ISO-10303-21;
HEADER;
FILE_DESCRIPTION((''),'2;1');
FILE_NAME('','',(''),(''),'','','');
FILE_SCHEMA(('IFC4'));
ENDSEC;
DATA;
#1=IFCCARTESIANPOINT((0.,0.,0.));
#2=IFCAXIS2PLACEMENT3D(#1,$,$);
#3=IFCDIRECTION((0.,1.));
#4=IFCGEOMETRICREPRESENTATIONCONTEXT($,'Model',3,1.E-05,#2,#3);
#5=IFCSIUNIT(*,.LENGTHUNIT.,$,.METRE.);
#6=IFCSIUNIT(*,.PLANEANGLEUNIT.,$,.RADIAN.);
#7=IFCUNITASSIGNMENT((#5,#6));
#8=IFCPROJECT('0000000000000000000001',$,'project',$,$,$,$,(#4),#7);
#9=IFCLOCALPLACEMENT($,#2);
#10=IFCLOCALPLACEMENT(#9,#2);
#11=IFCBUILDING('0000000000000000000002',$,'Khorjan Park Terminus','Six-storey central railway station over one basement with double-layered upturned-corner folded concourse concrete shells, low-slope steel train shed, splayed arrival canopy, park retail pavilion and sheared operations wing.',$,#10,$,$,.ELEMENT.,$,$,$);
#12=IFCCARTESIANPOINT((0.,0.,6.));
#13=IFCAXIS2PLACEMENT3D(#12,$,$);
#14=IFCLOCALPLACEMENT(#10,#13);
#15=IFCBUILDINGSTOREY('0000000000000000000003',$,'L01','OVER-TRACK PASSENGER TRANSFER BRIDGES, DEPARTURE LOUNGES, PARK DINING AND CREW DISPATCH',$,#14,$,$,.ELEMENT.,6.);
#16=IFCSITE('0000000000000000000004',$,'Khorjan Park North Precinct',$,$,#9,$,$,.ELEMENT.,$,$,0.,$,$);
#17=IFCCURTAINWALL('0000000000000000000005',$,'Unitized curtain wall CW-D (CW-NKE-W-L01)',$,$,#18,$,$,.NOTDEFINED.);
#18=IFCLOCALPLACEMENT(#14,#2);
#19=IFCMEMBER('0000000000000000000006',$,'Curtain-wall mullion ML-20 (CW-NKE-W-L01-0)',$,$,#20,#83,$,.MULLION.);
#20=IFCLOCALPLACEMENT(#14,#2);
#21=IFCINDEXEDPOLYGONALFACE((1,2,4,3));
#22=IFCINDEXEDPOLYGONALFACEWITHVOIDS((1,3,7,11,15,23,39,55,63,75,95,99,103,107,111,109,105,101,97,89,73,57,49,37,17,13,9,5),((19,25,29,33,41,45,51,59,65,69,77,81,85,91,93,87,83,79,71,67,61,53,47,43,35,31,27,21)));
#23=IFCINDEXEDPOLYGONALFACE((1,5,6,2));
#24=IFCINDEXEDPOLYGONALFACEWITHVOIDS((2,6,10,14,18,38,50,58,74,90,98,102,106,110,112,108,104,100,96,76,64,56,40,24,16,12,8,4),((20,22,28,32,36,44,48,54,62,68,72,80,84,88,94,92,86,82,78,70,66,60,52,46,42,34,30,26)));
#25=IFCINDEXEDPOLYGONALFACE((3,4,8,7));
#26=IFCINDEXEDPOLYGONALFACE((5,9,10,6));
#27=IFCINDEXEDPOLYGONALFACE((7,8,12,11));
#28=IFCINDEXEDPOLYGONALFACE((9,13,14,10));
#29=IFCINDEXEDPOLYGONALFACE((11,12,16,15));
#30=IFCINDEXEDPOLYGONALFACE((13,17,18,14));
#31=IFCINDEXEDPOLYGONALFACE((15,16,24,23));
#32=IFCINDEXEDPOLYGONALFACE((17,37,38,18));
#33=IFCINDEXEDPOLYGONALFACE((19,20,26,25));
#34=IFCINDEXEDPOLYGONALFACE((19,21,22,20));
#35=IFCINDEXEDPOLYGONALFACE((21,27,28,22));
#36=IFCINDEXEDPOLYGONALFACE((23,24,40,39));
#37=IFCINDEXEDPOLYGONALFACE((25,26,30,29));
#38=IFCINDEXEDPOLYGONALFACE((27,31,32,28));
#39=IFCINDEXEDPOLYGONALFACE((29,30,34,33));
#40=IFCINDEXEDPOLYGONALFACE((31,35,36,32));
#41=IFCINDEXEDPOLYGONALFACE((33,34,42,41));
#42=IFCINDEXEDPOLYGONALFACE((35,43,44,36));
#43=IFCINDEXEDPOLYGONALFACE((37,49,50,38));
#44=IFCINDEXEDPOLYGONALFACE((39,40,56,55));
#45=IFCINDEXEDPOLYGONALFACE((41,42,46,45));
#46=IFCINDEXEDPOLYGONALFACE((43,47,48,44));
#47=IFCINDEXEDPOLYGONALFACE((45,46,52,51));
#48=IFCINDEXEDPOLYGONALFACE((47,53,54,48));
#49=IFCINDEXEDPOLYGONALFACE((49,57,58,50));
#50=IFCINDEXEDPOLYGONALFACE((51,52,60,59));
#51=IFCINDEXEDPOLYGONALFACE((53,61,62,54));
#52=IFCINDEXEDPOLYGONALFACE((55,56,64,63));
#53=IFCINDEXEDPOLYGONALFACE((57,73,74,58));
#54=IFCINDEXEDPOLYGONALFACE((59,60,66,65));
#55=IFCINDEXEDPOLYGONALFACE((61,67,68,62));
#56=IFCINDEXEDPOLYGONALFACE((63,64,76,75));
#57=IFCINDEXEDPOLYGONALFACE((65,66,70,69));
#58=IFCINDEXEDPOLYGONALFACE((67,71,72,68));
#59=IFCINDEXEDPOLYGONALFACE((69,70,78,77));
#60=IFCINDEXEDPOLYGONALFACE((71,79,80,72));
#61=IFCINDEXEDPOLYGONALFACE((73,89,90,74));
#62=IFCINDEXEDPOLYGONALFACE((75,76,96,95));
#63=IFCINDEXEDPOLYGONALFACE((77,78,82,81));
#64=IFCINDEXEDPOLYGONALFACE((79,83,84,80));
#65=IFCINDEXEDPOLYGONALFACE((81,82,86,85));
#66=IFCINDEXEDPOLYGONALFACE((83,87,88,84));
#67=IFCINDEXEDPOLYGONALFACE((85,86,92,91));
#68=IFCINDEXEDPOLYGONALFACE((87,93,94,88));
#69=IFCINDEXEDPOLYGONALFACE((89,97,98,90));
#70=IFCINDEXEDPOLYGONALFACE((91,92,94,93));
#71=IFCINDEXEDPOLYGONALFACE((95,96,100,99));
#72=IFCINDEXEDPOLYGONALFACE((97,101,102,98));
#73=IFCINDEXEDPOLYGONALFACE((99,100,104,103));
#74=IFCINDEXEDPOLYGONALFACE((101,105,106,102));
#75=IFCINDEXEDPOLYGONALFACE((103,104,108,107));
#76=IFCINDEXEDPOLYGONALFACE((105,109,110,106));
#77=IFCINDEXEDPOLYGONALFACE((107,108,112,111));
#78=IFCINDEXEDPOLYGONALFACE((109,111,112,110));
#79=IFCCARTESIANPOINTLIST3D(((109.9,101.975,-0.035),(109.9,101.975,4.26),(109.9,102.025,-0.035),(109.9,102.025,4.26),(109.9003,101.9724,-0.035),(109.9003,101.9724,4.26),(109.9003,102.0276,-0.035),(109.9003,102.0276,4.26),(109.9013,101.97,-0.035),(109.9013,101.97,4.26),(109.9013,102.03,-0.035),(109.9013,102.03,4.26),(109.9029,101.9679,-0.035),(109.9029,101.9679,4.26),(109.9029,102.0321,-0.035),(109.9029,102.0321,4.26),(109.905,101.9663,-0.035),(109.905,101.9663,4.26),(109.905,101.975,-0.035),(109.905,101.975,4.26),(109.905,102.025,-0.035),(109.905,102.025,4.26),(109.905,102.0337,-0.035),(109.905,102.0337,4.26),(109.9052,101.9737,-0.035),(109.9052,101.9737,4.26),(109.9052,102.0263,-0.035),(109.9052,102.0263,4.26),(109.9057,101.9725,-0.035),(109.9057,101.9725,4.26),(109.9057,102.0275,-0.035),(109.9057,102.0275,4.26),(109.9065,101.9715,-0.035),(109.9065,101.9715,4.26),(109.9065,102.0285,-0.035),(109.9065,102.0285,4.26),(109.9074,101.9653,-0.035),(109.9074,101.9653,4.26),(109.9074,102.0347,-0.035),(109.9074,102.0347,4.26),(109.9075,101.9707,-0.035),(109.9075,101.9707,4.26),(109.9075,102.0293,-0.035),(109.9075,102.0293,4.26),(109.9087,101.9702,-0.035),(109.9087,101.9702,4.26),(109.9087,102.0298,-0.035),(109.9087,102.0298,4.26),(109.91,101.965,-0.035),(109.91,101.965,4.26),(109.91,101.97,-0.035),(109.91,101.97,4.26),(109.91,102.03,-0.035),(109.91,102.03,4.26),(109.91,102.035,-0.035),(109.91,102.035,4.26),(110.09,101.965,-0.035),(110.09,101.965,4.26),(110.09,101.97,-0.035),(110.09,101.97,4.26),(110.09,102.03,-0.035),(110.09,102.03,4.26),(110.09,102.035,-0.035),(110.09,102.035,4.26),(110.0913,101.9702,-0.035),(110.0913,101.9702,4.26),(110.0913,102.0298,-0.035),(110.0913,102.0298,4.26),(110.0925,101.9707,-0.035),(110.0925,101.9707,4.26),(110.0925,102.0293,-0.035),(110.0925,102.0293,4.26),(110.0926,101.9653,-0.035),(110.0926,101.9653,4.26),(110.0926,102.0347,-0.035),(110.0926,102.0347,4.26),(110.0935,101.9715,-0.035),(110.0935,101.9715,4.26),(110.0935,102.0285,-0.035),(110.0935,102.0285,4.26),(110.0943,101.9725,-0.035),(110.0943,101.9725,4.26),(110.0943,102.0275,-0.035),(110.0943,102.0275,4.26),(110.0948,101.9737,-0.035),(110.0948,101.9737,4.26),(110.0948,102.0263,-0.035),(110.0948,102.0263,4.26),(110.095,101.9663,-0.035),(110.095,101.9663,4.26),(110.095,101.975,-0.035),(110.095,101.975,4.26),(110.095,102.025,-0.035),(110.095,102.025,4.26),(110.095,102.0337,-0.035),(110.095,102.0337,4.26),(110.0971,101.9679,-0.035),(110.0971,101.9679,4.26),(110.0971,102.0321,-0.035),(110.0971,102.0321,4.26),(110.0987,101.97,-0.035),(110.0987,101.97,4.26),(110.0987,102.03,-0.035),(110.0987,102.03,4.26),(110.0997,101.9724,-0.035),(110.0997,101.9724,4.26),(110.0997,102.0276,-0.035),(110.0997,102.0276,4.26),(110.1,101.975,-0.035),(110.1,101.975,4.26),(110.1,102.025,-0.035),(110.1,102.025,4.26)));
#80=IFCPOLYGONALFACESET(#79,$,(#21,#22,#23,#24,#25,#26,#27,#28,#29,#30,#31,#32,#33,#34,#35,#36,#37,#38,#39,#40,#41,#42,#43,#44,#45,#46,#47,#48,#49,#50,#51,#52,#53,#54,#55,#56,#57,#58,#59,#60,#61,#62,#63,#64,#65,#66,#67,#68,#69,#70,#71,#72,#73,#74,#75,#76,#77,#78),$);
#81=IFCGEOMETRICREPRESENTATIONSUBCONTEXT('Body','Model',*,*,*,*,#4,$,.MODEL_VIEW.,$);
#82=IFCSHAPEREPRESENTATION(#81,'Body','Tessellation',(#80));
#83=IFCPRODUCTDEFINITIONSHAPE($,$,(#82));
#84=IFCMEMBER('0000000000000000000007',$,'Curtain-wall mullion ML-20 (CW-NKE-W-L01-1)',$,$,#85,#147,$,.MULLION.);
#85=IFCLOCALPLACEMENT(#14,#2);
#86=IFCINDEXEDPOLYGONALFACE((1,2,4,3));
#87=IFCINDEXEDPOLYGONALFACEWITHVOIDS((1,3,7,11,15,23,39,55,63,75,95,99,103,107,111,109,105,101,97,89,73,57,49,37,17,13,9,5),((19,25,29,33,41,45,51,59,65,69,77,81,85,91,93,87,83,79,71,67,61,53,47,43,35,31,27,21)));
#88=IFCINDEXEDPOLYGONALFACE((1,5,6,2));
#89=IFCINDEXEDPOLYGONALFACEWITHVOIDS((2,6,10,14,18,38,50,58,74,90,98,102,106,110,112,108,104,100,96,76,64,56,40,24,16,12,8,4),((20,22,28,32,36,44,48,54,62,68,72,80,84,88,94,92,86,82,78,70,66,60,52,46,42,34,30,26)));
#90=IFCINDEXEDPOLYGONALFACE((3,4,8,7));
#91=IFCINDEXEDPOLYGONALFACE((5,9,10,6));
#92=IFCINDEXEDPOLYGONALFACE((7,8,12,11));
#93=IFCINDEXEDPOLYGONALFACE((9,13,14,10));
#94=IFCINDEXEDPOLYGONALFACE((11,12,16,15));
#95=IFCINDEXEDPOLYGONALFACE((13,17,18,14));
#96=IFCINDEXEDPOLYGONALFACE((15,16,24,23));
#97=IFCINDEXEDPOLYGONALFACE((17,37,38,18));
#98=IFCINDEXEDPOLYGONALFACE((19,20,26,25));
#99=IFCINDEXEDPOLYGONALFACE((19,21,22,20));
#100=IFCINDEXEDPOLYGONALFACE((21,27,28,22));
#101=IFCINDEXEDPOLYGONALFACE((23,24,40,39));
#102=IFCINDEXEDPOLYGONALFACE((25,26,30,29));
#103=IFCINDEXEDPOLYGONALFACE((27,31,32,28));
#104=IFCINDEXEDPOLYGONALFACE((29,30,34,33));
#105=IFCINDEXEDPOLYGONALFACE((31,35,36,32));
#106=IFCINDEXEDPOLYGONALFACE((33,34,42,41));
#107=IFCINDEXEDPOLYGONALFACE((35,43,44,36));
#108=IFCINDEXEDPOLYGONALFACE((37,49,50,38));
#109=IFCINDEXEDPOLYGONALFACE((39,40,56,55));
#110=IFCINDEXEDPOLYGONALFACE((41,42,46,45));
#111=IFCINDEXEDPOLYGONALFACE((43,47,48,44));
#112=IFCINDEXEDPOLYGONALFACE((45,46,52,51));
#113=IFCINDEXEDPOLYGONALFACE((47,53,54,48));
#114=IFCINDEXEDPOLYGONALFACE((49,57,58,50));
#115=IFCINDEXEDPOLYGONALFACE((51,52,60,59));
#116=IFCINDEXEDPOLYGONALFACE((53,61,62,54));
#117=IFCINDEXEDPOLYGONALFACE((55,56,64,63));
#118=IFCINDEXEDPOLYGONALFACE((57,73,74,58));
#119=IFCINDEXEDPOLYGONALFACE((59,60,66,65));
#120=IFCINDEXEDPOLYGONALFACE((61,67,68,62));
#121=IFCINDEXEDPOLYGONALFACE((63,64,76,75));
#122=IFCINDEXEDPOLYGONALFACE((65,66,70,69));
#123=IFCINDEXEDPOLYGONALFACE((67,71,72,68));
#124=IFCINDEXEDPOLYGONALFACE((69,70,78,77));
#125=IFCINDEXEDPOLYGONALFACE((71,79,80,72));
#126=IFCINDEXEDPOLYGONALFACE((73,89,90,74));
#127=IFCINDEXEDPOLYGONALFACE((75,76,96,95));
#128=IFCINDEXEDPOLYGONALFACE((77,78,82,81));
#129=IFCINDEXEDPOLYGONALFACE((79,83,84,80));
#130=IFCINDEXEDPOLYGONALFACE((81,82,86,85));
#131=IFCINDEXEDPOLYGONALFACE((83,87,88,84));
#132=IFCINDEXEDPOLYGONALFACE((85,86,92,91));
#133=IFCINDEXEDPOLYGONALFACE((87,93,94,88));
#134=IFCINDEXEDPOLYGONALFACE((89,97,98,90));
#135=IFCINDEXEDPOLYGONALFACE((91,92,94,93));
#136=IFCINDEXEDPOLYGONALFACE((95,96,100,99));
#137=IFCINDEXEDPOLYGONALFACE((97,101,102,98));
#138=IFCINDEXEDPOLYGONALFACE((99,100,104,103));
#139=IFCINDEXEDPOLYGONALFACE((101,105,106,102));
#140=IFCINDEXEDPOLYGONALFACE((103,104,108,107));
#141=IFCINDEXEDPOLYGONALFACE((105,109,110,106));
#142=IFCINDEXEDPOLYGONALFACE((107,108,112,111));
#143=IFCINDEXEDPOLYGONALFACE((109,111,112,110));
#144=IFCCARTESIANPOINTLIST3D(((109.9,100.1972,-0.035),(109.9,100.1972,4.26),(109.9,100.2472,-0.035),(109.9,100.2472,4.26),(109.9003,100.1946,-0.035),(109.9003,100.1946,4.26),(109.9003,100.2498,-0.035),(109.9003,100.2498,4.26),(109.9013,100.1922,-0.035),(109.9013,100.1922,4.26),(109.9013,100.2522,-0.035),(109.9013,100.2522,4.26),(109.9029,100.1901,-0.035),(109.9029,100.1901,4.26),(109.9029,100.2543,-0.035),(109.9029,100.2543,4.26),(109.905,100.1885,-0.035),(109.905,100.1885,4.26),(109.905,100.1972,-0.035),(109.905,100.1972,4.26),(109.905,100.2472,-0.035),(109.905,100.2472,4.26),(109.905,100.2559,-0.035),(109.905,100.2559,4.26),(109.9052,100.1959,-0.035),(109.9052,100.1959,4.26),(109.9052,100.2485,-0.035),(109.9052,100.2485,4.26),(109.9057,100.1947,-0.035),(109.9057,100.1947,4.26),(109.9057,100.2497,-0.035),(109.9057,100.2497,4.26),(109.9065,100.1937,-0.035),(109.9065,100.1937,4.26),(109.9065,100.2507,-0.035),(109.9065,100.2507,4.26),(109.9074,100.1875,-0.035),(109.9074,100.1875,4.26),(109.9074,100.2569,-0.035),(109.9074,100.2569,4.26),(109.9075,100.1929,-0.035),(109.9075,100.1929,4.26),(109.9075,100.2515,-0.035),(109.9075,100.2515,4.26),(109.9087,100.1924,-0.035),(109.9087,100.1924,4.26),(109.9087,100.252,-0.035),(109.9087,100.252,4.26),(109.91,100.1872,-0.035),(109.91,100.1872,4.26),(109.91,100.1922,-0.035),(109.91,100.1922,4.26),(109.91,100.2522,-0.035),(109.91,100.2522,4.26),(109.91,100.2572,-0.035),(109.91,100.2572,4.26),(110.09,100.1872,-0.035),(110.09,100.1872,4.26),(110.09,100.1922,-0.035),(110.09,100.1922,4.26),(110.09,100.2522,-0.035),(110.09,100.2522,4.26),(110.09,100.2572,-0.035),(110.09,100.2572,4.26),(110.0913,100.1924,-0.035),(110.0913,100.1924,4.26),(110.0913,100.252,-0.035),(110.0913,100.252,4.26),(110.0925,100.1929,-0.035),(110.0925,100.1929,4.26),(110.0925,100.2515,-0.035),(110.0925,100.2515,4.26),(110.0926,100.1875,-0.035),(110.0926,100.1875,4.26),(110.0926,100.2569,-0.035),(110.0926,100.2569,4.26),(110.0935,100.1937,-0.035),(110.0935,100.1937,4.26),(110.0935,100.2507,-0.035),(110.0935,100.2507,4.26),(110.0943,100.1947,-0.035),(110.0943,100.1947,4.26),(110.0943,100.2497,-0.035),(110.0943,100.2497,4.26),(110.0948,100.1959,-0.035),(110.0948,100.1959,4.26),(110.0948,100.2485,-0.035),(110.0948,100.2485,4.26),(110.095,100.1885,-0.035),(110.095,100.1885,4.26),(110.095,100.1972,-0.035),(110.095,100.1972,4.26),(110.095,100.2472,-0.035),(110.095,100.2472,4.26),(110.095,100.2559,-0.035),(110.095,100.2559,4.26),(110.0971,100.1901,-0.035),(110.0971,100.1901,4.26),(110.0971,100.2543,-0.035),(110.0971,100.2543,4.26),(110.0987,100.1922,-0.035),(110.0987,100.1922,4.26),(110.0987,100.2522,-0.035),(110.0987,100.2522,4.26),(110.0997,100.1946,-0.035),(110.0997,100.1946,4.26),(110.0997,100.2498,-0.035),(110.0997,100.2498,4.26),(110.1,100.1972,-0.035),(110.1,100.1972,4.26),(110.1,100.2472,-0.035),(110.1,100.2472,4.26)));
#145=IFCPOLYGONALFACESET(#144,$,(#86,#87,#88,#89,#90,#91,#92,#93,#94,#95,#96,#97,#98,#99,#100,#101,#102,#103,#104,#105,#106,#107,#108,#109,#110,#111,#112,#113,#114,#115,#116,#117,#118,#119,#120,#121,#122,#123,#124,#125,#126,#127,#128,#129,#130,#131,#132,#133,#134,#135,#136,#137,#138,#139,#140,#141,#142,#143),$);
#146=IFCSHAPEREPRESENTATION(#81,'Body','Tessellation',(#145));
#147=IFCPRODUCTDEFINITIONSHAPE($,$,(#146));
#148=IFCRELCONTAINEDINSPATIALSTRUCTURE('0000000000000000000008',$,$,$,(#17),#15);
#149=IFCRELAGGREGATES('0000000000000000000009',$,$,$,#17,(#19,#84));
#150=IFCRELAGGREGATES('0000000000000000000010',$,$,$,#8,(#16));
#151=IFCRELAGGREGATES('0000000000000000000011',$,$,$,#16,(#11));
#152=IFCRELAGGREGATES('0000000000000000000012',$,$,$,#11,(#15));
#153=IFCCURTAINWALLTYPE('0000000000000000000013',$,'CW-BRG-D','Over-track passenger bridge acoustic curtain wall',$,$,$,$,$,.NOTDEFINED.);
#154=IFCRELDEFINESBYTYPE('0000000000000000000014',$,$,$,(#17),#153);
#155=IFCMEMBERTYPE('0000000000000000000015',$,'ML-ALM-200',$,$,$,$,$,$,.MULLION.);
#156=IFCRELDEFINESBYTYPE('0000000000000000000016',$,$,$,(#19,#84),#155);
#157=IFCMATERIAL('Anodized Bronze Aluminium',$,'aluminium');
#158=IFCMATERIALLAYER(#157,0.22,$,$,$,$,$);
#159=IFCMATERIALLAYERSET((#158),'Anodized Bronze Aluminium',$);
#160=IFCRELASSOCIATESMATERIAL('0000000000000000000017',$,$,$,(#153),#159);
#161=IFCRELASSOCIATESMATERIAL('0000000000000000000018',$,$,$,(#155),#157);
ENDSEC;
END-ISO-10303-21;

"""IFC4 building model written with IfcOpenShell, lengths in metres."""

from ifc_helpers import new_model, si_unit, direction, frame, origin, origin_2d, place, context, subcontext, project, spatial, hollow_rectangle, extrude, material, layer, layer_set, material_profile, profile_set, type_object, element, aggregate, save


model = new_model("IFC4")

# Units and contexts
model_context = context("Model", 3, precision=1e-05, world=origin(), true_north=direction((0.0, 1.0)))
body_context = subcontext(model_context, "Body", "Model", "MODEL_VIEW")
ifc_project = project(units=[si_unit("LENGTHUNIT", "METRE"), si_unit("PLANEANGLEUNIT", "RADIAN")], contexts=[model_context])

# Site, building, storey
site_placement = place(None, origin())
site = spatial("IfcSite", under=ifc_project, at=site_placement, Name="Khorjan Park North Precinct", CompositionType="ELEMENT", RefElevation=0.0)
building_placement = place(site_placement, origin())
building = spatial("IfcBuilding", under=site, at=building_placement, Name="Khorjan Park Terminus", Description="Six-storey central railway station over one basement with double-layered upturned-corner folded concourse concrete shells, low-slope steel train shed, splayed arrival canopy, park retail pavilion and sheared operations wing.", CompositionType="ELEMENT")
storey_placement = place(building_placement, frame((0.0, 0.0, 6.0)))
storey = spatial("IfcBuildingStorey", under=building, at=storey_placement, Name="L01", Description="OVER-TRACK PASSENGER TRANSFER BRIDGES, DEPARTURE LOUNGES, PARK DINING AND CREW DISPATCH", CompositionType="ELEMENT", Elevation=6.0)

# Curtain wall, members
ifc_material_1 = material(Name="Anodized Bronze Aluminium", Category="aluminium")
ifc_layer_1 = layer(ifc_material_1, 0.22)
ifc_layer_set_1 = layer_set([ifc_layer_1], Name="Anodized Bronze Aluminium")
curtain_wall_type = type_object("IfcCurtainWallType", Name="CW-BRG-D", Description="Over-track passenger bridge acoustic curtain wall", PredefinedType="NOTDEFINED", material=ifc_layer_set_1)
curtain_wall_1_placement = place(storey_placement, origin())
curtain_wall_1 = element("IfcCurtainWall", 1, at=curtain_wall_1_placement, inside=storey, type_object=curtain_wall_type, Name="Unitized curtain wall CW-D (CW-NKE-W-L01)", PredefinedType="NOTDEFINED")
ifc_material_profile_1 = material_profile(ifc_material_1, hollow_rectangle(XDim=0.07, YDim=0.2, WallThickness=0.005, InnerFilletRadius=0.005, OuterFilletRadius=0.01, at=origin_2d()), Name="ALM 70x200x5")
ifc_profile_set_1 = profile_set([ifc_material_profile_1], Name="Anodized Bronze Aluminium")
member_type_1 = type_object("IfcMemberType", Name="ML-ALM-200", PredefinedType="MULLION", material=ifc_profile_set_1)
member_1_placement = place(storey_placement, frame((110.0, 102.0, -0.035), z_axis=(0.0, 0.0, 1.0), x_axis=(0.0, -1.0, 0.0)))
member_1 = element("IfcMember", 2, at=member_1_placement, type_object=member_type_1, Name="Curtain-wall mullion ML-20 (CW-NKE-W-L01-0)", PredefinedType="MULLION", context=body_context, shape_type="SweptSolid", body=[
    extrude(hollow_rectangle(XDim=0.07, YDim=0.2, WallThickness=0.005, InnerFilletRadius=0.005, OuterFilletRadius=0.01, at=origin_2d()), origin(), (0.0, 0.0, 1.0), 4.295),
])
member_2_placement = place(storey_placement, frame((110.0, 100.2222, -0.035), z_axis=(0.0, 0.0, 1.0), x_axis=(0.0, -1.0, 0.0)))
member_2 = element("IfcMember", 3, at=member_2_placement, type_object=member_type_1, Name="Curtain-wall mullion ML-20 (CW-NKE-W-L01-1)", PredefinedType="MULLION", context=body_context, shape_type="SweptSolid", body=[
    extrude(hollow_rectangle(XDim=0.07, YDim=0.2, WallThickness=0.005, InnerFilletRadius=0.005, OuterFilletRadius=0.01, at=origin_2d()), origin(), (0.0, 0.0, 1.0), 4.295),
])

aggregate(curtain_wall_1, [member_1, member_2])

save(model, "model.ifc")
